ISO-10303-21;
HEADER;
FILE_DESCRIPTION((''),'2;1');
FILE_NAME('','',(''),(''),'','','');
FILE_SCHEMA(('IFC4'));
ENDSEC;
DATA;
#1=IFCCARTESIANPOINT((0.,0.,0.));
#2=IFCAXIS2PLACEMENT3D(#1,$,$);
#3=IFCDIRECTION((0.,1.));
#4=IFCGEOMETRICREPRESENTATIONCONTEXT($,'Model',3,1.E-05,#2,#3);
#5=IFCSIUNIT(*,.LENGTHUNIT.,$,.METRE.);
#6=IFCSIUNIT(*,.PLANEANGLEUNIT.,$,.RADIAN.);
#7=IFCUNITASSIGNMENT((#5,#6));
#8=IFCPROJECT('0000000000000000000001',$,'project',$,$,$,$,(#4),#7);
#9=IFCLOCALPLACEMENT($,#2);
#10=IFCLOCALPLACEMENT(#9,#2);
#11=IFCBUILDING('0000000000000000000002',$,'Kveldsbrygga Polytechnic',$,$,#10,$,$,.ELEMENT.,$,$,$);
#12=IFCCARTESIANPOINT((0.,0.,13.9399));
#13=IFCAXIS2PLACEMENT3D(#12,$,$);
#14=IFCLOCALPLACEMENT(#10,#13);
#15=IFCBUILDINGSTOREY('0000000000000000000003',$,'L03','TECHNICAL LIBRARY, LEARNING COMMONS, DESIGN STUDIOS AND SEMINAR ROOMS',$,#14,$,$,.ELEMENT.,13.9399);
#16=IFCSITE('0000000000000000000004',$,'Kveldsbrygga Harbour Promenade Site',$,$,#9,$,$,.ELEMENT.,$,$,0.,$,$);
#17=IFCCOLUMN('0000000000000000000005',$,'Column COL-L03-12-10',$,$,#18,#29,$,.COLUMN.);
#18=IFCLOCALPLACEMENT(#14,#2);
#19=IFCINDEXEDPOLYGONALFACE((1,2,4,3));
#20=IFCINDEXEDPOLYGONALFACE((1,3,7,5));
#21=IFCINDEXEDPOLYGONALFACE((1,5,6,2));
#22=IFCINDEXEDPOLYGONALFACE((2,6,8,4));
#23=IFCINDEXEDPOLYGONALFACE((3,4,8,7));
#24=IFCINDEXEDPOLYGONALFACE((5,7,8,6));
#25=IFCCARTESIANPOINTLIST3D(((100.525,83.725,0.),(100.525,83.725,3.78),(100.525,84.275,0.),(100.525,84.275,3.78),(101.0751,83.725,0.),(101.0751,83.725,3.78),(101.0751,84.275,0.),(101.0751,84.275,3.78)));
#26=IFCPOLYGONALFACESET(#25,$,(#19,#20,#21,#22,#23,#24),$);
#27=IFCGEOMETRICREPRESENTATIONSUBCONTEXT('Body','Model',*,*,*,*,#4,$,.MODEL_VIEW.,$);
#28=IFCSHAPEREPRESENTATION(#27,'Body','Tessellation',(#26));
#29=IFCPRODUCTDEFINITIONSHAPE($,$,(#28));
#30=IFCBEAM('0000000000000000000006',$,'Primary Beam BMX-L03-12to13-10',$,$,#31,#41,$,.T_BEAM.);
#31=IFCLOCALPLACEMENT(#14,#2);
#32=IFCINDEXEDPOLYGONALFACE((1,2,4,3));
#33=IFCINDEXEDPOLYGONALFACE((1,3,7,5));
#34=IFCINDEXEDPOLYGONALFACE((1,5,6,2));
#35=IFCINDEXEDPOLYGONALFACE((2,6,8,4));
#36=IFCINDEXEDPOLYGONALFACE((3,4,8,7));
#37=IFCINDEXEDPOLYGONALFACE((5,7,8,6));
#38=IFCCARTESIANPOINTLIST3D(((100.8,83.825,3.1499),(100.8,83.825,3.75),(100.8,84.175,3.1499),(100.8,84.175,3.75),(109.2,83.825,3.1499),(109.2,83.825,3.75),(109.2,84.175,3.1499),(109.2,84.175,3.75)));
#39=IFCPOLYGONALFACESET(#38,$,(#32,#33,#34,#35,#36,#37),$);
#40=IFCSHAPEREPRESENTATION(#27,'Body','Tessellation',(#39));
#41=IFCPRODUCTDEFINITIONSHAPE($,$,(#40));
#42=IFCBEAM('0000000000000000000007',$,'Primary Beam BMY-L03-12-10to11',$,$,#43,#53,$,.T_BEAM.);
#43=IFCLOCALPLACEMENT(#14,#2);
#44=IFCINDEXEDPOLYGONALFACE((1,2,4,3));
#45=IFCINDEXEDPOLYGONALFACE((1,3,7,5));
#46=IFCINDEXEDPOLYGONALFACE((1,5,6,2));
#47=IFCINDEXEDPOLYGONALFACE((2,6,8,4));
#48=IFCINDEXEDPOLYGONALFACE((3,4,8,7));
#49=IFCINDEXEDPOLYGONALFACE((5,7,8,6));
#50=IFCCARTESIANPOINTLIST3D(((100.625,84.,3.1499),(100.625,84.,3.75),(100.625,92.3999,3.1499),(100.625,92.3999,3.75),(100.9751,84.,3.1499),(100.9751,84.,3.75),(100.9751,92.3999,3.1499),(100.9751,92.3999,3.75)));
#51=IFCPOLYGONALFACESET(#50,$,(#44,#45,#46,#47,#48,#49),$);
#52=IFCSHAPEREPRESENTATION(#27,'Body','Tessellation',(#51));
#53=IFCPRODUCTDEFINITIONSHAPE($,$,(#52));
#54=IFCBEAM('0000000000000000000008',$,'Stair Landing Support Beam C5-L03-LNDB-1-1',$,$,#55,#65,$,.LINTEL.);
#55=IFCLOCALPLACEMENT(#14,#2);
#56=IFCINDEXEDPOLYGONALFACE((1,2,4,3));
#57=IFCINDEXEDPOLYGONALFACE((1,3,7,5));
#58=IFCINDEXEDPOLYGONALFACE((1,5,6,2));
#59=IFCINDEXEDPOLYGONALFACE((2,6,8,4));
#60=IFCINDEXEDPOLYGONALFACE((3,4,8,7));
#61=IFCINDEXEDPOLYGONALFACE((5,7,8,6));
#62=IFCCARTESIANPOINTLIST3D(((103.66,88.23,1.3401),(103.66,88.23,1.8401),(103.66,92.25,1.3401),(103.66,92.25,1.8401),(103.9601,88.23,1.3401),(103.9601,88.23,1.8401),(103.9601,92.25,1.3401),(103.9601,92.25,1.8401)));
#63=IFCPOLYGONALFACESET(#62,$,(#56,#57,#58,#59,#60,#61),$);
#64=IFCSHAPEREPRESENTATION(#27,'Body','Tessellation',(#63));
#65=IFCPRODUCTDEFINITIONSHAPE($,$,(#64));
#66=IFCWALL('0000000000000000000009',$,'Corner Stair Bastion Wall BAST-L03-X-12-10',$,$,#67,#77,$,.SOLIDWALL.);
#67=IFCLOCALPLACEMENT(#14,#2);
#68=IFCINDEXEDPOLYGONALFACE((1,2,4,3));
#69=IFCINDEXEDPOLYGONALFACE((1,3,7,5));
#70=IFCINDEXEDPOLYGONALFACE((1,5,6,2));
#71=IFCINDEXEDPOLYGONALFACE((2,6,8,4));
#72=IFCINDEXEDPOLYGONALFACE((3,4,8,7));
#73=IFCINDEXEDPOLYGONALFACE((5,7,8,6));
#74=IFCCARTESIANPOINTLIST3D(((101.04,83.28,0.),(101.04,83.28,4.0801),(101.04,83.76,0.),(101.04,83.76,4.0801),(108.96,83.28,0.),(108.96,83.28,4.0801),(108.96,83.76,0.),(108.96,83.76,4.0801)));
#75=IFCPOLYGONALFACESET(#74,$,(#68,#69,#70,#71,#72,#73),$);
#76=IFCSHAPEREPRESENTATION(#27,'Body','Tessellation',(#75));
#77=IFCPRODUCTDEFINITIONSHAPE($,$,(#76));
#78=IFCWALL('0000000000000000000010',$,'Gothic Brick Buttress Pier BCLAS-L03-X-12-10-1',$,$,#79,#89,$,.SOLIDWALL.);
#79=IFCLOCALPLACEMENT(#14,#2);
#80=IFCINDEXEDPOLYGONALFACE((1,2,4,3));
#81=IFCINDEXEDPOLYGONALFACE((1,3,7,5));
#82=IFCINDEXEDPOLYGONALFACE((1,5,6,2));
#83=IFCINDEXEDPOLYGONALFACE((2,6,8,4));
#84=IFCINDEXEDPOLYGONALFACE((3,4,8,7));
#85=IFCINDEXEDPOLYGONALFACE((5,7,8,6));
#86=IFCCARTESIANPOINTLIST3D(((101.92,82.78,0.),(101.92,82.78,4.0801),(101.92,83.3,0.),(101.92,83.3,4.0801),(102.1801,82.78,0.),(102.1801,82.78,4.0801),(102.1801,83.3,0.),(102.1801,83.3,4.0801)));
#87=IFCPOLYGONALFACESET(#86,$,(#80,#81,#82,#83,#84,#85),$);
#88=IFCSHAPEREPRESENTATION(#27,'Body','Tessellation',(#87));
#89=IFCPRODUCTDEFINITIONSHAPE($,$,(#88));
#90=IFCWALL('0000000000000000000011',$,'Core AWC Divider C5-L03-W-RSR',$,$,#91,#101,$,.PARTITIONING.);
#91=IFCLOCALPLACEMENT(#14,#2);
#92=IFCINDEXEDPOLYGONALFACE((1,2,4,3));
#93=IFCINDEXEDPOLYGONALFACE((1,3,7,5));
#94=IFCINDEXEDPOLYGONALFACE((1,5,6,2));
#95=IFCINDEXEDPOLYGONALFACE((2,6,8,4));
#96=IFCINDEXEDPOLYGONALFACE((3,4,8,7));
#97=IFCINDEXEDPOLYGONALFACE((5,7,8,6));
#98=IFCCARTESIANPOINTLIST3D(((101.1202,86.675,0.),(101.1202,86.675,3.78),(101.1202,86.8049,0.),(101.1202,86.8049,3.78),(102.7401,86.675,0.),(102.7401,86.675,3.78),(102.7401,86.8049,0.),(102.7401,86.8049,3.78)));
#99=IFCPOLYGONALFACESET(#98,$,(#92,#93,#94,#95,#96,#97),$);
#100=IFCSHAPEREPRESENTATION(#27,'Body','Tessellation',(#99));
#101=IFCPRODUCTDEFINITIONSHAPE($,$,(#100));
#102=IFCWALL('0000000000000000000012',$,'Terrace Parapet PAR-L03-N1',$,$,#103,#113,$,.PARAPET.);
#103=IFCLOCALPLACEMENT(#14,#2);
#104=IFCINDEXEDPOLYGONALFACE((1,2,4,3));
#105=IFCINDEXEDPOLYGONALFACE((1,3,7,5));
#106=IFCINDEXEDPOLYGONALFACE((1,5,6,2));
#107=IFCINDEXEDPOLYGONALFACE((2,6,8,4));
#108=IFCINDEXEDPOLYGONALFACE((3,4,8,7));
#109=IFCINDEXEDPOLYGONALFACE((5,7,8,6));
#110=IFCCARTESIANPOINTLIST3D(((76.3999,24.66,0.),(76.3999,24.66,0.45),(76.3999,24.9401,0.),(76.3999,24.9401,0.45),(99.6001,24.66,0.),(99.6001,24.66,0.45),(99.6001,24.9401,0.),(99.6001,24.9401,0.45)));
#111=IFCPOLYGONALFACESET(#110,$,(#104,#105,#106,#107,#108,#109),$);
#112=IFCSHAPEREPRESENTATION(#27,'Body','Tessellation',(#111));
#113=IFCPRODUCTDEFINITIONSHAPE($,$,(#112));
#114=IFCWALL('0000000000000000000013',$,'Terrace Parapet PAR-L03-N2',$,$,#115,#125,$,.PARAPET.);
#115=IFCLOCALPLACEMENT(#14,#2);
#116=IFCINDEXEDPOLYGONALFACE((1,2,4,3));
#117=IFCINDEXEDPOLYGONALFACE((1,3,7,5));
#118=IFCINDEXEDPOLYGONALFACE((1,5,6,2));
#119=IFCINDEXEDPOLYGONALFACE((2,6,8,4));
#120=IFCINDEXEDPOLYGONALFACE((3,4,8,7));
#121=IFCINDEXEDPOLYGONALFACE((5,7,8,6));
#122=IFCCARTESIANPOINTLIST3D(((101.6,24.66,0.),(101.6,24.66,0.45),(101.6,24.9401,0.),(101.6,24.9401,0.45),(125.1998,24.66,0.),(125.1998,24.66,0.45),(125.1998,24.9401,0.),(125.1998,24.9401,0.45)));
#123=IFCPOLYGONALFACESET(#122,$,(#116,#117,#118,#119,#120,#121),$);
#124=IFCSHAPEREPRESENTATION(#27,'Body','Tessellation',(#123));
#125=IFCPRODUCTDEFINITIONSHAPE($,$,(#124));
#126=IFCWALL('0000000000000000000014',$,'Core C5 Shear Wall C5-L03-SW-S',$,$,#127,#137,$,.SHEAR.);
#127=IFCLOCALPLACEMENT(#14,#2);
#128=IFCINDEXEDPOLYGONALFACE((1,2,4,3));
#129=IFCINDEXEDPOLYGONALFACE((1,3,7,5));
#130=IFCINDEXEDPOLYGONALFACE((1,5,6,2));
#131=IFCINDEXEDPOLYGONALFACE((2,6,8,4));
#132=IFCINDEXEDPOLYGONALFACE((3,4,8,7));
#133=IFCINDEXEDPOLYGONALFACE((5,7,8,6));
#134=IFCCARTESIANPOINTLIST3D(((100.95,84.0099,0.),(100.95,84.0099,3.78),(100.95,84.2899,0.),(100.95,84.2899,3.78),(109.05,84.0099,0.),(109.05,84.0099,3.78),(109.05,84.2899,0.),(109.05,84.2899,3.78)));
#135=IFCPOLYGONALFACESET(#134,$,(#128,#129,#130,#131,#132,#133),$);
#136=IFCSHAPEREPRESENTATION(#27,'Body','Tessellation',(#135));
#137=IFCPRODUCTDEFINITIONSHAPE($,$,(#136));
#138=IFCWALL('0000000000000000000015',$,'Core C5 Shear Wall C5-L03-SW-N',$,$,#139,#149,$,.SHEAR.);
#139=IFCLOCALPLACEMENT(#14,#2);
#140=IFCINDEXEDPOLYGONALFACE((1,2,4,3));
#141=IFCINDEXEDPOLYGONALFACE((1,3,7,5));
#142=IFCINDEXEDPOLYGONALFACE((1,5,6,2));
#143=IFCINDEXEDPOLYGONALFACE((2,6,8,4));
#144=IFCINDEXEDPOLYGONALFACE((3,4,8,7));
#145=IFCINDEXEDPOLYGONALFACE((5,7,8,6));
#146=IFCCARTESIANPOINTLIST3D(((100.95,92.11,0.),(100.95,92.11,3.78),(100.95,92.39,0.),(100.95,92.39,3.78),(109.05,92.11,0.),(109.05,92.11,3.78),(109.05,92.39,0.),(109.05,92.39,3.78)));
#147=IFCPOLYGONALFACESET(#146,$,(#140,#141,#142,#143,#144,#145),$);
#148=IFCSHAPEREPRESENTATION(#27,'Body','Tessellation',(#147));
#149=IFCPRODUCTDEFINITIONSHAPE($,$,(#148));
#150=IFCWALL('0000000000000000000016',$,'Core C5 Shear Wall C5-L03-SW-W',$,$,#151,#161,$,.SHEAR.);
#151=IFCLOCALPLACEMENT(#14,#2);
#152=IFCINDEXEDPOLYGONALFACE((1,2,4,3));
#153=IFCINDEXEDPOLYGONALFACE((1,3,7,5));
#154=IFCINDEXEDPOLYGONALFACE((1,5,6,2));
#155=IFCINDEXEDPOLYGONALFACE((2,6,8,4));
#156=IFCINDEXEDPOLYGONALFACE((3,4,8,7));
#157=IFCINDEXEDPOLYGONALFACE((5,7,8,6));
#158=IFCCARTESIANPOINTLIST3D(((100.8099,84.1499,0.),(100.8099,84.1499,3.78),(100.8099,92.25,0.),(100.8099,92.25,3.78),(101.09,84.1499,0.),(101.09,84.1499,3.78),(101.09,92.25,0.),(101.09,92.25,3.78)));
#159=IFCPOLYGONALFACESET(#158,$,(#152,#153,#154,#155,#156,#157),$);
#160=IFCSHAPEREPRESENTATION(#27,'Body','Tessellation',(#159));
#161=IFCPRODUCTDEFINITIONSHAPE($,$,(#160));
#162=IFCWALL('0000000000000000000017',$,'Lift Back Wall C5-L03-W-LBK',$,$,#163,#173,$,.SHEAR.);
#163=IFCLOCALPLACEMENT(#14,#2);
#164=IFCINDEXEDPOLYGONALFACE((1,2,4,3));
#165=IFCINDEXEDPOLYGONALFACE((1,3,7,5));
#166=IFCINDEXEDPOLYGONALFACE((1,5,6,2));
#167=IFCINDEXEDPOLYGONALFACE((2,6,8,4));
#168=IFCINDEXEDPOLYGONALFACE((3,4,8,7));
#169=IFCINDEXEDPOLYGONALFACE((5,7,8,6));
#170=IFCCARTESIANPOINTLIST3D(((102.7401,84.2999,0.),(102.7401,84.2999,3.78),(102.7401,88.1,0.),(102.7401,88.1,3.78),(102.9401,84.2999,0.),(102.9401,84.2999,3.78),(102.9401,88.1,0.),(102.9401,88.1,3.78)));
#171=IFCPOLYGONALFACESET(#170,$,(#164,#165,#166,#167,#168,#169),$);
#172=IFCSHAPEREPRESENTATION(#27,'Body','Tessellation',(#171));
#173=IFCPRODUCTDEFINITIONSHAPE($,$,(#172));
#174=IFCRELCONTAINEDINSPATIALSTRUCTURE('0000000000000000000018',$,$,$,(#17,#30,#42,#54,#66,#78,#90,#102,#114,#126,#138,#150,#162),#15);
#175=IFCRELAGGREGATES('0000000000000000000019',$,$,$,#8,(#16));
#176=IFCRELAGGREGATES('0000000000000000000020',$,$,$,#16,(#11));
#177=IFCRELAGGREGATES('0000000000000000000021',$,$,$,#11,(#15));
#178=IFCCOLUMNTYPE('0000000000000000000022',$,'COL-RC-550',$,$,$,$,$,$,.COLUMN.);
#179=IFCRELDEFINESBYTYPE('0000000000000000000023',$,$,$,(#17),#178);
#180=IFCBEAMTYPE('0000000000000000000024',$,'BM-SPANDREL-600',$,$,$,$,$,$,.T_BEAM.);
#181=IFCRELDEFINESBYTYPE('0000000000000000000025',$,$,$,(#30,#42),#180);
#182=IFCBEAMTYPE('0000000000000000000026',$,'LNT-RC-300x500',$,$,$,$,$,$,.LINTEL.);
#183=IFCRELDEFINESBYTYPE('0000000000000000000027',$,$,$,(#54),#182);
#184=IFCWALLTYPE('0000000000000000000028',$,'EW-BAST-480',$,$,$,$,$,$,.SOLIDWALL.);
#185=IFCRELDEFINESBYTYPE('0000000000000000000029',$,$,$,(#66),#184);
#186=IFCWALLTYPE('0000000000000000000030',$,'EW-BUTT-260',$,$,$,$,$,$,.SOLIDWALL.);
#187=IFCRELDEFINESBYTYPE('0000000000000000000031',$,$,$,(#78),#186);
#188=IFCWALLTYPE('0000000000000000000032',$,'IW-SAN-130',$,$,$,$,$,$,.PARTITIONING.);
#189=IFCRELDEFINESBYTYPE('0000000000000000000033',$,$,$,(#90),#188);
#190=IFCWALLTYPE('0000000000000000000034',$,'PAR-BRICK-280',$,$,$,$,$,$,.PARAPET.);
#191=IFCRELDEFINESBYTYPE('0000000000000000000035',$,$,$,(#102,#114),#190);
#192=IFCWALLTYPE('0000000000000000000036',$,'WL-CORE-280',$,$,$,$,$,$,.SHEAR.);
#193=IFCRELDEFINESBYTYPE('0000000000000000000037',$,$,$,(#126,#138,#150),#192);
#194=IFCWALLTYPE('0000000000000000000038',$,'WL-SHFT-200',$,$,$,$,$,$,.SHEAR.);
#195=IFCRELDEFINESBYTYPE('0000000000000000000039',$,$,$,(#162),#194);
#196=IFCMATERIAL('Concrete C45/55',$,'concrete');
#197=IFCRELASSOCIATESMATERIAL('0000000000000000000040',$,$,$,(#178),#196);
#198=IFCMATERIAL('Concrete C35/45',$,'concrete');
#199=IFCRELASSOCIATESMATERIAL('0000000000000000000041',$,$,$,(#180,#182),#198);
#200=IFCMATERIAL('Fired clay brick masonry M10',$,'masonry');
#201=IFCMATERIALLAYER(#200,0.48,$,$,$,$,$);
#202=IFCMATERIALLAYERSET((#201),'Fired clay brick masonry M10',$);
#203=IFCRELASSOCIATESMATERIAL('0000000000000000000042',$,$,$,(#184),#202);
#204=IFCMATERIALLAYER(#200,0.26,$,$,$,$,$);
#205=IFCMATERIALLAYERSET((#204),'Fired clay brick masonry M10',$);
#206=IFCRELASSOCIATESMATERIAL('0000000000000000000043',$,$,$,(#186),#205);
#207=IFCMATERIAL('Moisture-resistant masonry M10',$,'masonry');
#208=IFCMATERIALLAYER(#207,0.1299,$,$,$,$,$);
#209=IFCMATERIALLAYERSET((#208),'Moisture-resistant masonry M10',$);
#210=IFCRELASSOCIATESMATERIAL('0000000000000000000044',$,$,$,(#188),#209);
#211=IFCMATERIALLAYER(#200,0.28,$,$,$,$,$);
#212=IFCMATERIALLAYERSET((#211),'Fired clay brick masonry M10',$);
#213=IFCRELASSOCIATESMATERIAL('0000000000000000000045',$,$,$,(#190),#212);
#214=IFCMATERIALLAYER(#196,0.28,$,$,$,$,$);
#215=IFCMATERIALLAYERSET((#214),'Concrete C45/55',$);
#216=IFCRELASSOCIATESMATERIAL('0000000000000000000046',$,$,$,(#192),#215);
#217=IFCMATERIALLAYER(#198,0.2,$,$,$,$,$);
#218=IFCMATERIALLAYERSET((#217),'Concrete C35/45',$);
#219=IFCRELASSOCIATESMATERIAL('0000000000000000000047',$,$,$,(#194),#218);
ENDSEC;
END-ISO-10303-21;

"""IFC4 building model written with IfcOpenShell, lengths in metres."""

from ifc_helpers import new_model, si_unit, direction, frame, frame_2d, origin, origin_2d, place, context, subcontext, project, spatial, rectangle, extrude, material, layer, layer_set, material_profile, profile_set, type_object, element, save


model = new_model("IFC4")

# Units and contexts
model_context = context("Model", 3, precision=1e-05, world=origin(), true_north=direction((0.0, 1.0)))
body_context = subcontext(model_context, "Body", "Model", "MODEL_VIEW")
ifc_project = project(units=[si_unit("LENGTHUNIT", "METRE"), si_unit("PLANEANGLEUNIT", "RADIAN")], contexts=[model_context])

# Site, building, storey
site_placement = place(None, origin())
site = spatial("IfcSite", under=ifc_project, at=site_placement, Name="Kveldsbrygga Harbour Promenade Site", CompositionType="ELEMENT", RefElevation=0.0)
building_placement = place(site_placement, origin())
building = spatial("IfcBuilding", under=site, at=building_placement, Name="Kveldsbrygga Polytechnic", CompositionType="ELEMENT")
storey_placement = place(building_placement, frame((0.0, 0.0, 13.9399)))
storey = spatial("IfcBuildingStorey", under=building, at=storey_placement, Name="L03", Description="TECHNICAL LIBRARY, LEARNING COMMONS, DESIGN STUDIOS AND SEMINAR ROOMS", CompositionType="ELEMENT", Elevation=13.9399)

# Column
ifc_material_1 = material(Name="Concrete C45/55", Category="concrete")
ifc_material_profile_1 = material_profile(ifc_material_1, rectangle(XDim=0.55, YDim=0.55, at=origin_2d()), Name="RC 550x550")
ifc_profile_set_1 = profile_set([ifc_material_profile_1], Name="Concrete C45/55")
column_type = type_object("IfcColumnType", Name="COL-RC-550", PredefinedType="COLUMN", material=ifc_profile_set_1)
column_placement = place(storey_placement, frame((100.8, 84.0, 0.0), z_axis=(0.0, 0.0, 1.0), x_axis=(1.0, 0.0, 0.0)))
element("IfcColumn", 1, at=column_placement, inside=storey, type_object=column_type, Name="Column COL-L03-12-10", PredefinedType="COLUMN", context=body_context, shape_type="SweptSolid", body=[
    extrude(rectangle(XDim=0.55, YDim=0.55, at=origin_2d()), origin(), (0.0, 0.0, 1.0), 3.78),
])

# Beams
ifc_material_2 = material(Name="Concrete C35/45", Category="concrete")
ifc_material_profile_2 = material_profile(ifc_material_2, rectangle(XDim=0.3501, YDim=0.6001, at=origin_2d()), Name="RC 350x600")
ifc_profile_set_2 = profile_set([ifc_material_profile_2], Name="Concrete C35/45")
beam_type_1 = type_object("IfcBeamType", Name="BM-SPANDREL-600", PredefinedType="T_BEAM", material=ifc_profile_set_2)
for number, where, z_axis, x_axis, name in (
    (2, (100.8, 84.0, 3.45), (1.0, 0.0, 0.0), (0.0, 1.0, 0.0), "Primary Beam BMX-L03-12to13-10"),
    (3, (100.8, 84.0, 3.45), (0.0, 1.0, 0.0), (-1.0, 0.0, 0.0), "Primary Beam BMY-L03-12-10to11"),
):
    element("IfcBeam", number, at=place(storey_placement, frame(where, z_axis=z_axis, x_axis=x_axis)), inside=storey, type_object=beam_type_1, Name=name, PredefinedType="T_BEAM", context=body_context, shape_type="SweptSolid", body=[
        extrude(rectangle(XDim=0.3501, YDim=0.6001, at=origin_2d()), origin(), (0.0, 0.0, 1.0), 8.3999),
    ])
ifc_material_profile_3 = material_profile(ifc_material_2, rectangle(XDim=0.3, YDim=0.5, at=origin_2d()), Name="RC 300x500")
ifc_profile_set_3 = profile_set([ifc_material_profile_3], Name="Concrete C35/45")
beam_type_2 = type_object("IfcBeamType", Name="LNT-RC-300x500", PredefinedType="LINTEL", material=ifc_profile_set_3)
beam_placement = place(storey_placement, frame((103.8101, 88.23, 1.5901), z_axis=(0.0, 1.0, 0.0), x_axis=(-1.0, 0.0, 0.0)))
element("IfcBeam", 4, at=beam_placement, inside=storey, type_object=beam_type_2, Name="Stair Landing Support Beam C5-L03-LNDB-1-1", PredefinedType="LINTEL", context=body_context, shape_type="SweptSolid", body=[
    extrude(rectangle(XDim=0.3, YDim=0.5, at=origin_2d()), origin(), (0.0, 0.0, 1.0), 4.02),
])

# Walls
ifc_material_3 = material(Name="Fired clay brick masonry M10", Category="masonry")
ifc_layer_1 = layer(ifc_material_3, 0.48)
ifc_layer_set_1 = layer_set([ifc_layer_1], Name="Fired clay brick masonry M10")
wall_type_1 = type_object("IfcWallType", Name="EW-BAST-480", PredefinedType="SOLIDWALL", material=ifc_layer_set_1)
wall_1_placement = place(storey_placement, frame((101.04, 83.52, 0.0), z_axis=(0.0, 0.0, 1.0), x_axis=(1.0, 0.0, 0.0)))
element("IfcWall", 5, at=wall_1_placement, inside=storey, type_object=wall_type_1, Name="Corner Stair Bastion Wall BAST-L03-X-12-10", PredefinedType="SOLIDWALL", context=body_context, shape_type="SweptSolid", body=[
    extrude(rectangle(XDim=7.9199, YDim=0.48, at=frame_2d((3.96, 0.0))), origin(), (0.0, 0.0, 1.0), 4.0801),
])
ifc_layer_2 = layer(ifc_material_3, 0.26)
ifc_layer_set_2 = layer_set([ifc_layer_2], Name="Fired clay brick masonry M10")
wall_type_2 = type_object("IfcWallType", Name="EW-BUTT-260", PredefinedType="SOLIDWALL", material=ifc_layer_set_2)
wall_2_placement = place(storey_placement, frame((102.05, 83.3, 0.0), z_axis=(0.0, 0.0, 1.0), x_axis=(0.0, -1.0, 0.0)))
element("IfcWall", 6, at=wall_2_placement, inside=storey, type_object=wall_type_2, Name="Gothic Brick Buttress Pier BCLAS-L03-X-12-10-1", PredefinedType="SOLIDWALL", context=body_context, shape_type="SweptSolid", body=[
    extrude(rectangle(XDim=0.52, YDim=0.26, at=frame_2d((0.26, 0.0))), origin(), (0.0, 0.0, 1.0), 4.0801),
])
ifc_material_4 = material(Name="Moisture-resistant masonry M10", Category="masonry")
ifc_layer_3 = layer(ifc_material_4, 0.1299)
ifc_layer_set_3 = layer_set([ifc_layer_3], Name="Moisture-resistant masonry M10")
wall_type_3 = type_object("IfcWallType", Name="IW-SAN-130", PredefinedType="PARTITIONING", material=ifc_layer_set_3)
wall_3_placement = place(storey_placement, frame((101.1201, 86.74, 0.0), z_axis=(0.0, 0.0, 1.0), x_axis=(1.0, 0.0, 0.0)))
element("IfcWall", 7, at=wall_3_placement, inside=storey, type_object=wall_type_3, Name="Core AWC Divider C5-L03-W-RSR", PredefinedType="PARTITIONING", context=body_context, shape_type="SweptSolid", body=[
    extrude(rectangle(XDim=1.6199, YDim=0.1299, at=frame_2d((0.8101, 0.0))), origin(), (0.0, 0.0, 1.0), 3.78),
])
ifc_layer_4 = layer(ifc_material_3, 0.28)
ifc_layer_set_4 = layer_set([ifc_layer_4], Name="Fired clay brick masonry M10")
wall_type_4 = type_object("IfcWallType", Name="PAR-BRICK-280", PredefinedType="PARAPET", material=ifc_layer_set_4)
wall_4_placement = place(storey_placement, frame((76.3999, 24.8, 0.0), z_axis=(0.0, 0.0, 1.0), x_axis=(1.0, 0.0, 0.0)))
element("IfcWall", 8, at=wall_4_placement, inside=storey, type_object=wall_type_4, Name="Terrace Parapet PAR-L03-N1", PredefinedType="PARAPET", context=body_context, shape_type="SweptSolid", body=[
    extrude(rectangle(XDim=23.2002, YDim=0.28, at=frame_2d((11.6001, 0.0))), origin(), (0.0, 0.0, 1.0), 0.45),
])
wall_5_placement = place(storey_placement, frame((101.6001, 24.8, 0.0), z_axis=(0.0, 0.0, 1.0), x_axis=(1.0, 0.0, 0.0)))
element("IfcWall", 9, at=wall_5_placement, inside=storey, type_object=wall_type_4, Name="Terrace Parapet PAR-L03-N2", PredefinedType="PARAPET", context=body_context, shape_type="SweptSolid", body=[
    extrude(rectangle(XDim=23.5999, YDim=0.28, at=frame_2d((11.7998, 0.0))), origin(), (0.0, 0.0, 1.0), 0.45),
])
ifc_layer_5 = layer(ifc_material_1, 0.28)
ifc_layer_set_5 = layer_set([ifc_layer_5], Name="Concrete C45/55")
wall_type_5 = type_object("IfcWallType", Name="WL-CORE-280", PredefinedType="SHEAR", material=ifc_layer_set_5)
for number, where, z_axis, x_axis, name in (
    (10, (100.95, 84.1499, 0.0), (0.0, 0.0, 1.0), (1.0, 0.0, 0.0), "Core C5 Shear Wall C5-L03-SW-S"),
    (11, (100.95, 92.25, 0.0), (0.0, 0.0, 1.0), (1.0, 0.0, 0.0), "Core C5 Shear Wall C5-L03-SW-N"),
    (12, (100.95, 84.1499, 0.0), (0.0, 0.0, 1.0), (0.0, 1.0, 0.0), "Core C5 Shear Wall C5-L03-SW-W"),
):
    element("IfcWall", number, at=place(storey_placement, frame(where, z_axis=z_axis, x_axis=x_axis)), inside=storey, type_object=wall_type_5, Name=name, PredefinedType="SHEAR", context=body_context, shape_type="SweptSolid", body=[
        extrude(rectangle(XDim=8.1001, YDim=0.28, at=frame_2d((4.05, 0.0))), origin(), (0.0, 0.0, 1.0), 3.78),
    ])

# Wall
ifc_layer_6 = layer(ifc_material_2, 0.2)
ifc_layer_set_6 = layer_set([ifc_layer_6], Name="Concrete C35/45")
wall_type_6 = type_object("IfcWallType", Name="WL-SHFT-200", PredefinedType="SHEAR", material=ifc_layer_set_6)
wall_6_placement = place(storey_placement, frame((102.8401, 84.3, 0.0), z_axis=(0.0, 0.0, 1.0), x_axis=(0.0, 1.0, 0.0)))
element("IfcWall", 13, at=wall_6_placement, inside=storey, type_object=wall_type_6, Name="Lift Back Wall C5-L03-W-LBK", PredefinedType="SHEAR", context=body_context, shape_type="SweptSolid", body=[
    extrude(rectangle(XDim=3.8, YDim=0.2, at=frame_2d((1.8999, 0.0))), origin(), (0.0, 0.0, 1.0), 3.78),
])

save(model, "model.ifc")
